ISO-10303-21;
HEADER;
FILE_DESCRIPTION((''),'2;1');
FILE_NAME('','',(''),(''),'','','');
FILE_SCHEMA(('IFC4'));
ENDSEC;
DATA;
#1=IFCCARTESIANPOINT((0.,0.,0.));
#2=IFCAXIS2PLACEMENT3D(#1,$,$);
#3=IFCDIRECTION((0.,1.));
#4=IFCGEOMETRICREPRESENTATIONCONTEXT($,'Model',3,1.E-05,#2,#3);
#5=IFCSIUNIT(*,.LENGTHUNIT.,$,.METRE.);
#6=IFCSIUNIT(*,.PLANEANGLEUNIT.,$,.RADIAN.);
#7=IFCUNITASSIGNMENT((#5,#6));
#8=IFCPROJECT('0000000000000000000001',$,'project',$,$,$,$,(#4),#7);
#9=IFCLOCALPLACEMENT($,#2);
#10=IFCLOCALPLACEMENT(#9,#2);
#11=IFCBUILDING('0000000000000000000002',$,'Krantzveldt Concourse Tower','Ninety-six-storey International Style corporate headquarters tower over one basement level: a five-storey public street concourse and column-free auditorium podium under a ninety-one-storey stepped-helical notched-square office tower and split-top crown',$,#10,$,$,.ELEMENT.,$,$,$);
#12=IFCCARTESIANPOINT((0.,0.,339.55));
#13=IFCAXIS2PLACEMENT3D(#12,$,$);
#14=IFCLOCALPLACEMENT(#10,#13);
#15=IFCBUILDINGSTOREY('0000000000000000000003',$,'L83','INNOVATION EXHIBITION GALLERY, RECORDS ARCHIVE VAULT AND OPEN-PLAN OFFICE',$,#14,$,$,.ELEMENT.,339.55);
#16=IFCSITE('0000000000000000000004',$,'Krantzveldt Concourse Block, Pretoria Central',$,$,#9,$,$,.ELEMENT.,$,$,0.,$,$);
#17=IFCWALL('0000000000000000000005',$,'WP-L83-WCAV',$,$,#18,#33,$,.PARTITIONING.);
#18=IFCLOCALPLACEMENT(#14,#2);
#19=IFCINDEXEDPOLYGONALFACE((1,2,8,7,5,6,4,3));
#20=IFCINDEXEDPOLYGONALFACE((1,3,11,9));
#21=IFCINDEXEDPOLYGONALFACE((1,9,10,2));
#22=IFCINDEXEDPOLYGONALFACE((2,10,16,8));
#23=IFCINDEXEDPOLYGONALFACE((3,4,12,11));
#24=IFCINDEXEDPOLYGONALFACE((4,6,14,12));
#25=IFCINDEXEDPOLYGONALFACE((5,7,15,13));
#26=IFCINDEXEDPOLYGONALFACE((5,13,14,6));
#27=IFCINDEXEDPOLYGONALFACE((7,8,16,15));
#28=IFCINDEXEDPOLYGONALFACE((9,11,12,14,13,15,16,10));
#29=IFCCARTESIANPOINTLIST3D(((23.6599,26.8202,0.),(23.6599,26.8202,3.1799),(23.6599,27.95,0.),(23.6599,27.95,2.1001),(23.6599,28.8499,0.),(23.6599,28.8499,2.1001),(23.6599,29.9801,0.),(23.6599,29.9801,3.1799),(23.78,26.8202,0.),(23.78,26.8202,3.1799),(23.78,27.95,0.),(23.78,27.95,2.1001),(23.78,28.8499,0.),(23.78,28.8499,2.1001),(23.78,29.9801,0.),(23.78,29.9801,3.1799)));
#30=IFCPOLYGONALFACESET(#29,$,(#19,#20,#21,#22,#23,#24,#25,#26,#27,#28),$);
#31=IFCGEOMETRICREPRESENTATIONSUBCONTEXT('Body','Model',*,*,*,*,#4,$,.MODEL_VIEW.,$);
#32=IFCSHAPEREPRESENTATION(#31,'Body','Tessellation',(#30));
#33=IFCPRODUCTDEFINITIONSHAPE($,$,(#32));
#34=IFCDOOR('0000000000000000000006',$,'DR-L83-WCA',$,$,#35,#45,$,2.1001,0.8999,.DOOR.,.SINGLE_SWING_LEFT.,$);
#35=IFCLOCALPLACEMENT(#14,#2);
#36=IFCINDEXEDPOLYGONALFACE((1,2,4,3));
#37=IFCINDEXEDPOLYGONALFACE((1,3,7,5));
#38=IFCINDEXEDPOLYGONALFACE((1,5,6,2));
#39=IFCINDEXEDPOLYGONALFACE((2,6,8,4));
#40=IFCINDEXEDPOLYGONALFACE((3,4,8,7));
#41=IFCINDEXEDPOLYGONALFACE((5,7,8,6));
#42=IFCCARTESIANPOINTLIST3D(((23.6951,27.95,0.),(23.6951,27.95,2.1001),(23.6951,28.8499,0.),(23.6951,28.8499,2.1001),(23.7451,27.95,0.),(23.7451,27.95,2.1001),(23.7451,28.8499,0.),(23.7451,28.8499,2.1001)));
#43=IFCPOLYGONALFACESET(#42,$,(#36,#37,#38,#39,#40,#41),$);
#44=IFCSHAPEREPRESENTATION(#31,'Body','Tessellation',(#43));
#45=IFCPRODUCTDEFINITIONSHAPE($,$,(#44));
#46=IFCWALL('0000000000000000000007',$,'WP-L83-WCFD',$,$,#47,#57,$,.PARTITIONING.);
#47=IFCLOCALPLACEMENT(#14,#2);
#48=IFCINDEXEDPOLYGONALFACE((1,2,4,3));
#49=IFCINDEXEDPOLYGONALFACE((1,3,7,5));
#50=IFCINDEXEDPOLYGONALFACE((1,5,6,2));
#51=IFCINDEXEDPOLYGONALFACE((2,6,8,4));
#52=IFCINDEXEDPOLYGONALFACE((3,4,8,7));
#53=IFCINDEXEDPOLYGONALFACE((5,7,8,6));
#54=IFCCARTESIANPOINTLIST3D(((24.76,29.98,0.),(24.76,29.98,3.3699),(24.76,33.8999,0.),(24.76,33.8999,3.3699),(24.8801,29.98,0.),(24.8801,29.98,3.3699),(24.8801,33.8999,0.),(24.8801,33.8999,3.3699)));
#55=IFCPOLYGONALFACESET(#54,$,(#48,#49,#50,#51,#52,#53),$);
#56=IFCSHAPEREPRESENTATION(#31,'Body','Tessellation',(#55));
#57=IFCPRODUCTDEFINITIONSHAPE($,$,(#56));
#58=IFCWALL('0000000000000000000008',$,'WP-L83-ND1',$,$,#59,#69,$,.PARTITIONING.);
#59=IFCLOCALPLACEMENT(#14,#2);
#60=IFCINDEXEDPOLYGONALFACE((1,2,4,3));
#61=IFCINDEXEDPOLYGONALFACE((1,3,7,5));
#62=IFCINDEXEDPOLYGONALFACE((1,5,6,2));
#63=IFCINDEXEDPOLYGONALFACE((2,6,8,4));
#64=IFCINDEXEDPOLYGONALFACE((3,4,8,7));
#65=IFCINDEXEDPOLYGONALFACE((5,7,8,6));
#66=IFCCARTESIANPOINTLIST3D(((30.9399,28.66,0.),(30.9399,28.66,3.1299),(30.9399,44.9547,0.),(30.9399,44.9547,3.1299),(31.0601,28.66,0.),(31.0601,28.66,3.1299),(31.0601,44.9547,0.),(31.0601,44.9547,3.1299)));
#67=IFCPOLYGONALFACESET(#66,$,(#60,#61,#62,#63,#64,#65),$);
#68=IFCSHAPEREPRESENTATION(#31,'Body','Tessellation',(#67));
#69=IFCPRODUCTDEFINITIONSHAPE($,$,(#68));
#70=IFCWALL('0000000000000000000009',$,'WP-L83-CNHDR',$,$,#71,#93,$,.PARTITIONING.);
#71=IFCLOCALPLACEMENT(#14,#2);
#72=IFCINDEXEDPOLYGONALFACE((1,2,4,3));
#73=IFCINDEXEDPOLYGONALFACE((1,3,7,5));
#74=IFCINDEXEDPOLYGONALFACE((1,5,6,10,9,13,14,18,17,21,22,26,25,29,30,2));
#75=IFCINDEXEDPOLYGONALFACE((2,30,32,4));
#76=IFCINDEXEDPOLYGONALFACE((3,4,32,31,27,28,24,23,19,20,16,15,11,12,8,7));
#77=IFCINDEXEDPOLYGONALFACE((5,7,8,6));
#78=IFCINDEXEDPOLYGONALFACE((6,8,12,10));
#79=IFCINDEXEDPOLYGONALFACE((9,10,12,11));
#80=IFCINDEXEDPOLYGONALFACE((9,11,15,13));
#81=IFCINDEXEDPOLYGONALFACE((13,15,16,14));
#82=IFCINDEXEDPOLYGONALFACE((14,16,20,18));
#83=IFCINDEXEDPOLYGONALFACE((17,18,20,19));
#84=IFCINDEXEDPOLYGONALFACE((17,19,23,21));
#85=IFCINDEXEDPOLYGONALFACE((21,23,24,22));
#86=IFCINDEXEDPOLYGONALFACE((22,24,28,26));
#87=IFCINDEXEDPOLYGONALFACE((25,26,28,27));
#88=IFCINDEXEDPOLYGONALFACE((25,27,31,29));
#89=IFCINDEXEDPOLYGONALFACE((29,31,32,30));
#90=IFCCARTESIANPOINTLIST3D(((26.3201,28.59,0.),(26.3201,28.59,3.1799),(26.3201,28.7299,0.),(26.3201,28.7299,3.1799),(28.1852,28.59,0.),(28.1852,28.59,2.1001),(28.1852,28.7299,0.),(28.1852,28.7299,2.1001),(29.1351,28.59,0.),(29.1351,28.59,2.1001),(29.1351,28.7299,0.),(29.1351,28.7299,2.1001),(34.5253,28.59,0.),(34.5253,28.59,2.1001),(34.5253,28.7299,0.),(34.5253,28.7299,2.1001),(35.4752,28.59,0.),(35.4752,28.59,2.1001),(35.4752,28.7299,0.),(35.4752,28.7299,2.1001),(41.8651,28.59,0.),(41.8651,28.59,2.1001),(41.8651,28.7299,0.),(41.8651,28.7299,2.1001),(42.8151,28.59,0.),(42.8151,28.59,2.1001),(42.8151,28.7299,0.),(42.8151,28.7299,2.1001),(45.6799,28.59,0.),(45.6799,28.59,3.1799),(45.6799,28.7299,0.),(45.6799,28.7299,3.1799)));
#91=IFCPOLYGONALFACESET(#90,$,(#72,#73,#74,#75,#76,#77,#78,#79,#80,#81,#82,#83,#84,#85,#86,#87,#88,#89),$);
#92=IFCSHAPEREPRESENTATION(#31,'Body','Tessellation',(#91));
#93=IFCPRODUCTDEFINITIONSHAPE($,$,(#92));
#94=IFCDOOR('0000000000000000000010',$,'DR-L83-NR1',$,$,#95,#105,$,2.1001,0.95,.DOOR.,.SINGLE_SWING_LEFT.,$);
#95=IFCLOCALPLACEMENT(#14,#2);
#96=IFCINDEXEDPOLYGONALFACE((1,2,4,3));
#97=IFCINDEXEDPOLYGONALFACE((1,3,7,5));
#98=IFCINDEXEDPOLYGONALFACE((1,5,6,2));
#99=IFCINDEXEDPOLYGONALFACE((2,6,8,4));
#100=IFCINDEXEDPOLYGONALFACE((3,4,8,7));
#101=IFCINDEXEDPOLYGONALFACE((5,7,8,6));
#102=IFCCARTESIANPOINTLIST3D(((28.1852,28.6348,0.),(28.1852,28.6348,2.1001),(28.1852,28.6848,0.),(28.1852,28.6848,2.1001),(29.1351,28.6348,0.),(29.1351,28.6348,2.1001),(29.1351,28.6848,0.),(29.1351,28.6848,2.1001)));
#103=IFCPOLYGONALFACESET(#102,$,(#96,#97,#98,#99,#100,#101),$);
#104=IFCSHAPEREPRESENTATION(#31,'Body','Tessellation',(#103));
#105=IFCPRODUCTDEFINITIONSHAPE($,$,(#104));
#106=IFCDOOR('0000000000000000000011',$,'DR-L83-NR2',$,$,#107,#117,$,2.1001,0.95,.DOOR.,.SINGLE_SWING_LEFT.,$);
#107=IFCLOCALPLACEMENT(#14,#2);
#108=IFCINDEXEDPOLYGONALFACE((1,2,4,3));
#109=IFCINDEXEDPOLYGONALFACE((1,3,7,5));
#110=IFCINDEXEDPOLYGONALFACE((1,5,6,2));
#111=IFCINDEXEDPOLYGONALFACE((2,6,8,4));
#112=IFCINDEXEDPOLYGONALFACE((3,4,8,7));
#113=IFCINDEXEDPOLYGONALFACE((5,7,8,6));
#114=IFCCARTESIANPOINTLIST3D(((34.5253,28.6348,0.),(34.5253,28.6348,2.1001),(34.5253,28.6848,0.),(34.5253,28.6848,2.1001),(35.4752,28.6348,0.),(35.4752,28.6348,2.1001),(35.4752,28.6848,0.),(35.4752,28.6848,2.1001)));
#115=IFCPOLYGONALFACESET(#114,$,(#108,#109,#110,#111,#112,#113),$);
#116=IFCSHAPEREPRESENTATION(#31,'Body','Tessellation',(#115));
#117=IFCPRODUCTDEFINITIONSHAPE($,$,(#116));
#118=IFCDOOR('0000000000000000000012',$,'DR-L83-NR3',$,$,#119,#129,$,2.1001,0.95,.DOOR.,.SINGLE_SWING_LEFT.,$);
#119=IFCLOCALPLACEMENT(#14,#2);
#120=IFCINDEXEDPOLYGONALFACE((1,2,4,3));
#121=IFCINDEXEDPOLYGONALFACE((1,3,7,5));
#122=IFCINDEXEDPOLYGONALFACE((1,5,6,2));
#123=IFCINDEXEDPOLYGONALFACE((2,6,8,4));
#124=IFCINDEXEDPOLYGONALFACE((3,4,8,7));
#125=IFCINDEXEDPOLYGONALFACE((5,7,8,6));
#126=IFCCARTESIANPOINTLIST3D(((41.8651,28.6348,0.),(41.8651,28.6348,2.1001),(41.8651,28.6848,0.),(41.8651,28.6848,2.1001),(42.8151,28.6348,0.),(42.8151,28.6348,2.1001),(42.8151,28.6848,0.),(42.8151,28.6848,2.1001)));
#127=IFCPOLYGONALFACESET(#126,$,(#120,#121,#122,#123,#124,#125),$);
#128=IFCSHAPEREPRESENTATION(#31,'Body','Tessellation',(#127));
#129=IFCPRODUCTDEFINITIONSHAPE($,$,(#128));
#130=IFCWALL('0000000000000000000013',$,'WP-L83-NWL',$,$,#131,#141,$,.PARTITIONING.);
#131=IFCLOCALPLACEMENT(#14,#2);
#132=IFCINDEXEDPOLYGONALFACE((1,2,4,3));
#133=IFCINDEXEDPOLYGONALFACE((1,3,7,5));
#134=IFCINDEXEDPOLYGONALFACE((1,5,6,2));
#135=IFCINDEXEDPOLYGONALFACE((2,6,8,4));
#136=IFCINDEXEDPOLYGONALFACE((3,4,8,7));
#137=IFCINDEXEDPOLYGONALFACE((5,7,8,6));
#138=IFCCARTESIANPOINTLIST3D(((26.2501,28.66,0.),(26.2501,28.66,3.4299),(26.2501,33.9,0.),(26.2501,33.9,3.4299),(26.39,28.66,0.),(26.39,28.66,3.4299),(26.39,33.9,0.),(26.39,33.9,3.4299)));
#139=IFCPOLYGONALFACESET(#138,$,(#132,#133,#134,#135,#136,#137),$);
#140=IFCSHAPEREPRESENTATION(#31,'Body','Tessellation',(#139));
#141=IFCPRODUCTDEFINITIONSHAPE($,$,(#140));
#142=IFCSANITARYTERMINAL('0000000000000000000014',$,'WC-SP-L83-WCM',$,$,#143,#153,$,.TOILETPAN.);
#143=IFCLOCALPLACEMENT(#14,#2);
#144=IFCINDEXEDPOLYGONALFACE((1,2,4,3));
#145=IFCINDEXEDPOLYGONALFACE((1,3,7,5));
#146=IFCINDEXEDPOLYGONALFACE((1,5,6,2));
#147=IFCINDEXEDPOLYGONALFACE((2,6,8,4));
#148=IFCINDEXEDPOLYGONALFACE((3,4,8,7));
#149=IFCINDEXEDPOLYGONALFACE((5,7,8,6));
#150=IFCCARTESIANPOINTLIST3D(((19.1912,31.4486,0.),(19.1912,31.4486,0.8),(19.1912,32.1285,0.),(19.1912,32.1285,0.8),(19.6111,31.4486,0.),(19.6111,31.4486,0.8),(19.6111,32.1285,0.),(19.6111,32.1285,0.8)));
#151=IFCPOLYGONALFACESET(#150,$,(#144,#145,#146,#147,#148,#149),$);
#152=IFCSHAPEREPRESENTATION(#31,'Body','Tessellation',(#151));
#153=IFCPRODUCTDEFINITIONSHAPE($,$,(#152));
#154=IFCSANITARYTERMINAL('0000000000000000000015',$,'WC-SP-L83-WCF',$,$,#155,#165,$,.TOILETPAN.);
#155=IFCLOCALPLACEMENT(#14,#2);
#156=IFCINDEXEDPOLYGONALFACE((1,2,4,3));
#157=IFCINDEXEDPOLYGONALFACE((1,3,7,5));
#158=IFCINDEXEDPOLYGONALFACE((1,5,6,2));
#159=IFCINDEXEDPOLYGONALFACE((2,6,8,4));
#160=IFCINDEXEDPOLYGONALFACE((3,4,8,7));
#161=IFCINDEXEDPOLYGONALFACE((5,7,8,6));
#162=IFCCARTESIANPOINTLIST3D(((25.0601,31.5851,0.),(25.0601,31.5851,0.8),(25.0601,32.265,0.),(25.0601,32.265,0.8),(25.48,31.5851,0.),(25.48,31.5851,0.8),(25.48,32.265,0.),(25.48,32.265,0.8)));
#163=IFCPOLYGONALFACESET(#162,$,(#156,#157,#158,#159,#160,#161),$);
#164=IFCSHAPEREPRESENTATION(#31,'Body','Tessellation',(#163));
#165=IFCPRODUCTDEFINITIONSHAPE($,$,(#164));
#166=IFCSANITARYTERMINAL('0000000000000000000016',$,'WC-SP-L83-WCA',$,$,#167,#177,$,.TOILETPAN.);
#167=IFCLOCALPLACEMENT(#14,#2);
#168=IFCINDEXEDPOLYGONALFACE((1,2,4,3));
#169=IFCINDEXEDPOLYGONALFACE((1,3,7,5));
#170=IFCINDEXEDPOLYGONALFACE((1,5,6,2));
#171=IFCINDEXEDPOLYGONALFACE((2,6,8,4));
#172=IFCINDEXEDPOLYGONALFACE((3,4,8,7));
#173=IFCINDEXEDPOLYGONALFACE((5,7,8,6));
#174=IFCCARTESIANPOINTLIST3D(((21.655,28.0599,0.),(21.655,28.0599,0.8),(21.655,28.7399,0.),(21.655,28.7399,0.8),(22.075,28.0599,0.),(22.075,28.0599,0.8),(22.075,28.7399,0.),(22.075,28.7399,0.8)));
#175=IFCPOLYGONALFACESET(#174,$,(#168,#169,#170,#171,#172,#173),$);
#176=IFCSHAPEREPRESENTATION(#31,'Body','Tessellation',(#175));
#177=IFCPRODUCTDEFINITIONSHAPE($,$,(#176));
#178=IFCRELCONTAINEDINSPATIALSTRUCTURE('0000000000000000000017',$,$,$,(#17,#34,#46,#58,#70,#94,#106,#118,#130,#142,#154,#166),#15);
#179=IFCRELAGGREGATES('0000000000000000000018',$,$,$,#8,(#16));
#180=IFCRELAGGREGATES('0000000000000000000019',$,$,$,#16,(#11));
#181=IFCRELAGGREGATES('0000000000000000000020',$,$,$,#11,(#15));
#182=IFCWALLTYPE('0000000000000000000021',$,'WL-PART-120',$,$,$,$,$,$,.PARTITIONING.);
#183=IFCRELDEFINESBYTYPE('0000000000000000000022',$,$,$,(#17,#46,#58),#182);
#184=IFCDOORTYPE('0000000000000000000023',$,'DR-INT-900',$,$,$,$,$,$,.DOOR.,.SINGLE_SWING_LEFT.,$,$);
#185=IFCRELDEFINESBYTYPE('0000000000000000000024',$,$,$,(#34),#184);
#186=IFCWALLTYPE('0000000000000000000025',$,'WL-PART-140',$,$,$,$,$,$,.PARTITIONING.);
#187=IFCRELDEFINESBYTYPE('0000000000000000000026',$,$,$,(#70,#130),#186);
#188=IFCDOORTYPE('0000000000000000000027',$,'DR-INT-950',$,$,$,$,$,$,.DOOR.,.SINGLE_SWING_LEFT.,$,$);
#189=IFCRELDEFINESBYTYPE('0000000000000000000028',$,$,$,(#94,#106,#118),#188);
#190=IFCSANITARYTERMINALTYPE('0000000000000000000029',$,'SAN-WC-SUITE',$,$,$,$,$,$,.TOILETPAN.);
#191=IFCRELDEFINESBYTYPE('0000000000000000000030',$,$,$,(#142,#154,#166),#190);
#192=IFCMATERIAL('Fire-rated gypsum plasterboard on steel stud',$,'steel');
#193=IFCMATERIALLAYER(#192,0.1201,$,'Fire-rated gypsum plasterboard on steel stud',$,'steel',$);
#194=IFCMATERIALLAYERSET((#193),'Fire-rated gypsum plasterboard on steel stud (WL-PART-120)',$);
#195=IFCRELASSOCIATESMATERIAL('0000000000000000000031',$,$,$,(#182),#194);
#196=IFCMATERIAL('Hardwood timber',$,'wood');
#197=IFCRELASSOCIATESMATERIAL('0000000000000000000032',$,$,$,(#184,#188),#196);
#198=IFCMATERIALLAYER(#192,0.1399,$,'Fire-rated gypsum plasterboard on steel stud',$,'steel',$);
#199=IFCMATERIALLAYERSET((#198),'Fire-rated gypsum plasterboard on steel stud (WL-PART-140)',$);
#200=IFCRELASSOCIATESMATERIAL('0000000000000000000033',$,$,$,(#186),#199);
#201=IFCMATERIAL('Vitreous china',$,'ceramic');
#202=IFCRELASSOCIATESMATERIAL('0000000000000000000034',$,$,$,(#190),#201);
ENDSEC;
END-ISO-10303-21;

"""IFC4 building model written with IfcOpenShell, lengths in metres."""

from ifc_helpers import new_model, si_unit, direction, frame, frame_2d, origin, origin_2d, place, context, subcontext, project, spatial, rectangle, extrude, source, transform, mapped, material, layer, layer_set, type_object, type_shapes, element, fill, save


model = new_model("IFC4")

# Units and contexts
model_context = context("Model", 3, precision=1e-05, world=origin(), true_north=direction((0.0, 1.0)))
body_context = subcontext(model_context, "Body", "Model", "MODEL_VIEW")
ifc_project = project(units=[si_unit("LENGTHUNIT", "METRE"), si_unit("PLANEANGLEUNIT", "RADIAN")], contexts=[model_context])

# Site, building, storey
site_placement = place(None, origin())
site = spatial("IfcSite", under=ifc_project, at=site_placement, Name="Krantzveldt Concourse Block, Pretoria Central", CompositionType="ELEMENT", RefElevation=0.0)
building_placement = place(site_placement, origin())
building = spatial("IfcBuilding", under=site, at=building_placement, Name="Krantzveldt Concourse Tower", Description="Ninety-six-storey International Style corporate headquarters tower over one basement level: a five-storey public street concourse and column-free auditorium podium under a ninety-one-storey stepped-helical notched-square office tower and split-top crown", CompositionType="ELEMENT")
storey_placement = place(building_placement, frame((0.0, 0.0, 339.55)))
storey = spatial("IfcBuildingStorey", under=building, at=storey_placement, Name="L83", Description="INNOVATION EXHIBITION GALLERY, RECORDS ARCHIVE VAULT AND OPEN-PLAN OFFICE", CompositionType="ELEMENT", Elevation=339.55)

# Shared definitions
ifc_material_1 = material(Name="Fire-rated gypsum plasterboard on steel stud", Category="steel")
ifc_layer_1 = layer(ifc_material_1, 0.1201, Name="Fire-rated gypsum plasterboard on steel stud", Category="steel")
ifc_layer_set_1 = layer_set([ifc_layer_1], Name="Fire-rated gypsum plasterboard on steel stud (WL-PART-120)")
wall_type_1 = type_object("IfcWallType", Name="WL-PART-120", PredefinedType="PARTITIONING", material=ifc_layer_set_1)

# Shared definitions
ifc_material_2 = material(Name="Hardwood timber", Category="wood")

# Wall, opening, door
wall_1_placement = place(storey_placement, frame((23.72, 26.8201, 0.0), z_axis=(0.0, 0.0, 1.0), x_axis=(0.0, 1.0, 0.0)))
wall_1 = element("IfcWall", 1, at=wall_1_placement, inside=storey, type_object=wall_type_1, Name="WP-L83-WCAV", PredefinedType="PARTITIONING", context=body_context, shape_type="SweptSolid", body=[
    extrude(rectangle(XDim=3.1599, YDim=0.1201, at=frame_2d((1.5801, 0.0))), origin(), (0.0, 0.0, 1.0), 3.1799),
])
opening_1_placement = place(wall_1_placement, frame((1.1299, 0.0, 0.0)))
opening_1 = element("IfcOpeningElement", 2, at=opening_1_placement, cuts=wall_1, PredefinedType="OPENING", context=body_context, shape_type="SweptSolid", body=[
    extrude(rectangle(XDim=0.8999, YDim=2.1001, at=frame_2d((0.45, 1.05))), frame((0.0, 0.0701, 0.0), z_axis=(0.0, -1.0, 0.0), x_axis=(1.0, 0.0, 0.0)), (0.0, 0.0, 1.0), 0.1401),
])
door_type_1 = type_object("IfcDoorType", Name="DR-INT-900", OperationType="SINGLE_SWING_LEFT", PredefinedType="DOOR", material=ifc_material_2)
door_1_placement = place(opening_1_placement, origin())
door_1 = element("IfcDoor", 3, at=door_1_placement, inside=storey, type_object=door_type_1, Name="DR-L83-WCA", OperationType="SINGLE_SWING_LEFT", OverallHeight=2.1001, OverallWidth=0.8999, PredefinedType="DOOR", context=body_context, shape_type="SweptSolid", body=[
    extrude(rectangle(XDim=0.8999, YDim=2.1001, at=frame_2d((0.45, 1.05))), frame((0.0, 0.0249, 0.0), z_axis=(0.0, -1.0, 0.0), x_axis=(1.0, 0.0, 0.0)), (0.0, 0.0, 1.0), 0.05),
])
fill(opening_1, door_1)

# Walls
wall_2_placement = place(storey_placement, frame((24.8201, 29.98, 0.0), z_axis=(0.0, 0.0, 1.0), x_axis=(0.0, 1.0, 0.0)))
element("IfcWall", 4, at=wall_2_placement, inside=storey, type_object=wall_type_1, Name="WP-L83-WCFD", PredefinedType="PARTITIONING", context=body_context, shape_type="SweptSolid", body=[
    extrude(rectangle(XDim=3.9199, YDim=0.1201, at=frame_2d((1.96, 0.0))), origin(), (0.0, 0.0, 1.0), 3.3699),
])
wall_3_placement = place(storey_placement, frame((31.0, 28.6599, 0.0), z_axis=(0.0, 0.0, 1.0), x_axis=(0.0, 1.0, 0.0)))
element("IfcWall", 5, at=wall_3_placement, inside=storey, type_object=wall_type_1, Name="WP-L83-ND1", PredefinedType="PARTITIONING", context=body_context, shape_type="SweptSolid", body=[
    extrude(rectangle(XDim=16.2947, YDim=0.1201, at=frame_2d((8.1475, 0.0))), origin(), (0.0, 0.0, 1.0), 3.1299),
])

# Wall, openings, doors
ifc_layer_2 = layer(ifc_material_1, 0.1399, Name="Fire-rated gypsum plasterboard on steel stud", Category="steel")
ifc_layer_set_2 = layer_set([ifc_layer_2], Name="Fire-rated gypsum plasterboard on steel stud (WL-PART-140)")
wall_type_2 = type_object("IfcWallType", Name="WL-PART-140", PredefinedType="PARTITIONING", material=ifc_layer_set_2)
wall_4_placement = place(storey_placement, frame((26.3201, 28.6599, 0.0), z_axis=(0.0, 0.0, 1.0), x_axis=(1.0, 0.0, 0.0)))
wall_4 = element("IfcWall", 6, at=wall_4_placement, inside=storey, type_object=wall_type_2, Name="WP-L83-CNHDR", PredefinedType="PARTITIONING", context=body_context, shape_type="SweptSolid", body=[
    extrude(rectangle(XDim=19.3599, YDim=0.1399, at=frame_2d((9.6799, 0.0))), origin(), (0.0, 0.0, 1.0), 3.1799),
])
opening_2_placement = place(wall_4_placement, frame((1.865, 0.0, 0.0)))
opening_2 = element("IfcOpeningElement", 7, at=opening_2_placement, cuts=wall_4, PredefinedType="OPENING", context=body_context, shape_type="SweptSolid", body=[
    extrude(rectangle(XDim=0.95, YDim=2.1001, at=frame_2d((0.4751, 1.05))), frame((0.0, 0.0801, 0.0), z_axis=(0.0, -1.0, 0.0), x_axis=(1.0, 0.0, 0.0)), (0.0, 0.0, 1.0), 0.1599),
])
opening_3_placement = place(wall_4_placement, frame((8.2051, 0.0, 0.0)))
opening_3 = element("IfcOpeningElement", 8, at=opening_3_placement, cuts=wall_4, PredefinedType="OPENING", context=body_context, shape_type="SweptSolid", body=[
    extrude(rectangle(XDim=0.95, YDim=2.1001, at=frame_2d((0.4751, 1.05))), frame((0.0, 0.0801, 0.0), z_axis=(0.0, -1.0, 0.0), x_axis=(1.0, 0.0, 0.0)), (0.0, 0.0, 1.0), 0.1599),
])
opening_4_placement = place(wall_4_placement, frame((15.5449, 0.0, 0.0)))
opening_4 = element("IfcOpeningElement", 9, at=opening_4_placement, cuts=wall_4, PredefinedType="OPENING", context=body_context, shape_type="SweptSolid", body=[
    extrude(rectangle(XDim=0.95, YDim=2.1001, at=frame_2d((0.4751, 1.05))), frame((0.0, 0.0801, 0.0), z_axis=(0.0, -1.0, 0.0), x_axis=(1.0, 0.0, 0.0)), (0.0, 0.0, 1.0), 0.1599),
])
door_type_2 = type_object("IfcDoorType", Name="DR-INT-950", OperationType="SINGLE_SWING_LEFT", PredefinedType="DOOR", material=ifc_material_2)
door_2_placement = place(opening_2_placement, origin())
door_2 = element("IfcDoor", 10, at=door_2_placement, inside=storey, type_object=door_type_2, Name="DR-L83-NR1", OperationType="SINGLE_SWING_LEFT", OverallHeight=2.1001, OverallWidth=0.95, PredefinedType="DOOR", context=body_context, shape_type="SweptSolid", body=[
    extrude(rectangle(XDim=0.95, YDim=2.1001, at=frame_2d((0.4751, 1.05))), frame((0.0, 0.0249, 0.0), z_axis=(0.0, -1.0, 0.0), x_axis=(1.0, 0.0, 0.0)), (0.0, 0.0, 1.0), 0.05),
])
fill(opening_2, door_2)
door_3_placement = place(opening_3_placement, origin())
door_3 = element("IfcDoor", 11, at=door_3_placement, inside=storey, type_object=door_type_2, Name="DR-L83-NR2", OperationType="SINGLE_SWING_LEFT", OverallHeight=2.1001, OverallWidth=0.95, PredefinedType="DOOR", context=body_context, shape_type="SweptSolid", body=[
    extrude(rectangle(XDim=0.95, YDim=2.1001, at=frame_2d((0.4751, 1.05))), frame((0.0, 0.0249, 0.0), z_axis=(0.0, -1.0, 0.0), x_axis=(1.0, 0.0, 0.0)), (0.0, 0.0, 1.0), 0.05),
])
fill(opening_3, door_3)
door_4_placement = place(opening_4_placement, origin())
door_4 = element("IfcDoor", 12, at=door_4_placement, inside=storey, type_object=door_type_2, Name="DR-L83-NR3", OperationType="SINGLE_SWING_LEFT", OverallHeight=2.1001, OverallWidth=0.95, PredefinedType="DOOR", context=body_context, shape_type="SweptSolid", body=[
    extrude(rectangle(XDim=0.95, YDim=2.1001, at=frame_2d((0.4751, 1.05))), frame((0.0, 0.0249, 0.0), z_axis=(0.0, -1.0, 0.0), x_axis=(1.0, 0.0, 0.0)), (0.0, 0.0, 1.0), 0.05),
])
fill(opening_4, door_4)

# Wall
wall_5_placement = place(storey_placement, frame((26.3201, 28.6599, 0.0), z_axis=(0.0, 0.0, 1.0), x_axis=(0.0, 1.0, 0.0)))
element("IfcWall", 13, at=wall_5_placement, inside=storey, type_object=wall_type_2, Name="WP-L83-NWL", PredefinedType="PARTITIONING", context=body_context, shape_type="SweptSolid", body=[
    extrude(rectangle(XDim=5.24, YDim=0.1399, at=frame_2d((2.6201, 0.0))), origin(), (0.0, 0.0, 1.0), 3.4299),
])

# Sanitary terminals
ifc_material_3 = material(Name="Vitreous china", Category="ceramic")
sanitary_terminal_type_1 = type_object("IfcSanitaryTerminalType", Name="SAN-WC-SUITE", PredefinedType="TOILETPAN", material=ifc_material_3)
shared_shape_1 = source(origin(), body_context, "Body", "SweptSolid", [
    extrude(rectangle(XDim=0.4199, YDim=0.6799, at=origin_2d()), origin(), (0.0, 0.0, 1.0), 0.8),
])
type_shapes(sanitary_terminal_type_1, [shared_shape_1])
for number, where, z_axis, x_axis, name in (
    (14, (19.4011, 31.7886, 0.0), (0.0, 0.0, 1.0), (1.0, 0.0, 0.0), "WC-SP-L83-WCM"),
    (15, (25.27, 31.925, 0.0), (0.0, 0.0, 1.0), (1.0, 0.0, 0.0), "WC-SP-L83-WCF"),
    (16, (21.865, 28.3999, 0.0), (0.0, 0.0, 1.0), (1.0, 0.0, 0.0), "WC-SP-L83-WCA"),
):
    element("IfcSanitaryTerminal", number, at=place(storey_placement, frame(where, z_axis=z_axis, x_axis=x_axis)), inside=storey, type_object=sanitary_terminal_type_1, Name=name, PredefinedType="TOILETPAN", context=body_context, shape_type="MappedRepresentation", body=[
        mapped(shared_shape_1, transform((0.0, 0.0, 0.0), x_axis=(1.0, 0.0, 0.0), y_axis=(0.0, 1.0, 0.0), z_axis=(0.0, 0.0, 1.0), scale=1.0)),
    ])

save(model, "model.ifc")
